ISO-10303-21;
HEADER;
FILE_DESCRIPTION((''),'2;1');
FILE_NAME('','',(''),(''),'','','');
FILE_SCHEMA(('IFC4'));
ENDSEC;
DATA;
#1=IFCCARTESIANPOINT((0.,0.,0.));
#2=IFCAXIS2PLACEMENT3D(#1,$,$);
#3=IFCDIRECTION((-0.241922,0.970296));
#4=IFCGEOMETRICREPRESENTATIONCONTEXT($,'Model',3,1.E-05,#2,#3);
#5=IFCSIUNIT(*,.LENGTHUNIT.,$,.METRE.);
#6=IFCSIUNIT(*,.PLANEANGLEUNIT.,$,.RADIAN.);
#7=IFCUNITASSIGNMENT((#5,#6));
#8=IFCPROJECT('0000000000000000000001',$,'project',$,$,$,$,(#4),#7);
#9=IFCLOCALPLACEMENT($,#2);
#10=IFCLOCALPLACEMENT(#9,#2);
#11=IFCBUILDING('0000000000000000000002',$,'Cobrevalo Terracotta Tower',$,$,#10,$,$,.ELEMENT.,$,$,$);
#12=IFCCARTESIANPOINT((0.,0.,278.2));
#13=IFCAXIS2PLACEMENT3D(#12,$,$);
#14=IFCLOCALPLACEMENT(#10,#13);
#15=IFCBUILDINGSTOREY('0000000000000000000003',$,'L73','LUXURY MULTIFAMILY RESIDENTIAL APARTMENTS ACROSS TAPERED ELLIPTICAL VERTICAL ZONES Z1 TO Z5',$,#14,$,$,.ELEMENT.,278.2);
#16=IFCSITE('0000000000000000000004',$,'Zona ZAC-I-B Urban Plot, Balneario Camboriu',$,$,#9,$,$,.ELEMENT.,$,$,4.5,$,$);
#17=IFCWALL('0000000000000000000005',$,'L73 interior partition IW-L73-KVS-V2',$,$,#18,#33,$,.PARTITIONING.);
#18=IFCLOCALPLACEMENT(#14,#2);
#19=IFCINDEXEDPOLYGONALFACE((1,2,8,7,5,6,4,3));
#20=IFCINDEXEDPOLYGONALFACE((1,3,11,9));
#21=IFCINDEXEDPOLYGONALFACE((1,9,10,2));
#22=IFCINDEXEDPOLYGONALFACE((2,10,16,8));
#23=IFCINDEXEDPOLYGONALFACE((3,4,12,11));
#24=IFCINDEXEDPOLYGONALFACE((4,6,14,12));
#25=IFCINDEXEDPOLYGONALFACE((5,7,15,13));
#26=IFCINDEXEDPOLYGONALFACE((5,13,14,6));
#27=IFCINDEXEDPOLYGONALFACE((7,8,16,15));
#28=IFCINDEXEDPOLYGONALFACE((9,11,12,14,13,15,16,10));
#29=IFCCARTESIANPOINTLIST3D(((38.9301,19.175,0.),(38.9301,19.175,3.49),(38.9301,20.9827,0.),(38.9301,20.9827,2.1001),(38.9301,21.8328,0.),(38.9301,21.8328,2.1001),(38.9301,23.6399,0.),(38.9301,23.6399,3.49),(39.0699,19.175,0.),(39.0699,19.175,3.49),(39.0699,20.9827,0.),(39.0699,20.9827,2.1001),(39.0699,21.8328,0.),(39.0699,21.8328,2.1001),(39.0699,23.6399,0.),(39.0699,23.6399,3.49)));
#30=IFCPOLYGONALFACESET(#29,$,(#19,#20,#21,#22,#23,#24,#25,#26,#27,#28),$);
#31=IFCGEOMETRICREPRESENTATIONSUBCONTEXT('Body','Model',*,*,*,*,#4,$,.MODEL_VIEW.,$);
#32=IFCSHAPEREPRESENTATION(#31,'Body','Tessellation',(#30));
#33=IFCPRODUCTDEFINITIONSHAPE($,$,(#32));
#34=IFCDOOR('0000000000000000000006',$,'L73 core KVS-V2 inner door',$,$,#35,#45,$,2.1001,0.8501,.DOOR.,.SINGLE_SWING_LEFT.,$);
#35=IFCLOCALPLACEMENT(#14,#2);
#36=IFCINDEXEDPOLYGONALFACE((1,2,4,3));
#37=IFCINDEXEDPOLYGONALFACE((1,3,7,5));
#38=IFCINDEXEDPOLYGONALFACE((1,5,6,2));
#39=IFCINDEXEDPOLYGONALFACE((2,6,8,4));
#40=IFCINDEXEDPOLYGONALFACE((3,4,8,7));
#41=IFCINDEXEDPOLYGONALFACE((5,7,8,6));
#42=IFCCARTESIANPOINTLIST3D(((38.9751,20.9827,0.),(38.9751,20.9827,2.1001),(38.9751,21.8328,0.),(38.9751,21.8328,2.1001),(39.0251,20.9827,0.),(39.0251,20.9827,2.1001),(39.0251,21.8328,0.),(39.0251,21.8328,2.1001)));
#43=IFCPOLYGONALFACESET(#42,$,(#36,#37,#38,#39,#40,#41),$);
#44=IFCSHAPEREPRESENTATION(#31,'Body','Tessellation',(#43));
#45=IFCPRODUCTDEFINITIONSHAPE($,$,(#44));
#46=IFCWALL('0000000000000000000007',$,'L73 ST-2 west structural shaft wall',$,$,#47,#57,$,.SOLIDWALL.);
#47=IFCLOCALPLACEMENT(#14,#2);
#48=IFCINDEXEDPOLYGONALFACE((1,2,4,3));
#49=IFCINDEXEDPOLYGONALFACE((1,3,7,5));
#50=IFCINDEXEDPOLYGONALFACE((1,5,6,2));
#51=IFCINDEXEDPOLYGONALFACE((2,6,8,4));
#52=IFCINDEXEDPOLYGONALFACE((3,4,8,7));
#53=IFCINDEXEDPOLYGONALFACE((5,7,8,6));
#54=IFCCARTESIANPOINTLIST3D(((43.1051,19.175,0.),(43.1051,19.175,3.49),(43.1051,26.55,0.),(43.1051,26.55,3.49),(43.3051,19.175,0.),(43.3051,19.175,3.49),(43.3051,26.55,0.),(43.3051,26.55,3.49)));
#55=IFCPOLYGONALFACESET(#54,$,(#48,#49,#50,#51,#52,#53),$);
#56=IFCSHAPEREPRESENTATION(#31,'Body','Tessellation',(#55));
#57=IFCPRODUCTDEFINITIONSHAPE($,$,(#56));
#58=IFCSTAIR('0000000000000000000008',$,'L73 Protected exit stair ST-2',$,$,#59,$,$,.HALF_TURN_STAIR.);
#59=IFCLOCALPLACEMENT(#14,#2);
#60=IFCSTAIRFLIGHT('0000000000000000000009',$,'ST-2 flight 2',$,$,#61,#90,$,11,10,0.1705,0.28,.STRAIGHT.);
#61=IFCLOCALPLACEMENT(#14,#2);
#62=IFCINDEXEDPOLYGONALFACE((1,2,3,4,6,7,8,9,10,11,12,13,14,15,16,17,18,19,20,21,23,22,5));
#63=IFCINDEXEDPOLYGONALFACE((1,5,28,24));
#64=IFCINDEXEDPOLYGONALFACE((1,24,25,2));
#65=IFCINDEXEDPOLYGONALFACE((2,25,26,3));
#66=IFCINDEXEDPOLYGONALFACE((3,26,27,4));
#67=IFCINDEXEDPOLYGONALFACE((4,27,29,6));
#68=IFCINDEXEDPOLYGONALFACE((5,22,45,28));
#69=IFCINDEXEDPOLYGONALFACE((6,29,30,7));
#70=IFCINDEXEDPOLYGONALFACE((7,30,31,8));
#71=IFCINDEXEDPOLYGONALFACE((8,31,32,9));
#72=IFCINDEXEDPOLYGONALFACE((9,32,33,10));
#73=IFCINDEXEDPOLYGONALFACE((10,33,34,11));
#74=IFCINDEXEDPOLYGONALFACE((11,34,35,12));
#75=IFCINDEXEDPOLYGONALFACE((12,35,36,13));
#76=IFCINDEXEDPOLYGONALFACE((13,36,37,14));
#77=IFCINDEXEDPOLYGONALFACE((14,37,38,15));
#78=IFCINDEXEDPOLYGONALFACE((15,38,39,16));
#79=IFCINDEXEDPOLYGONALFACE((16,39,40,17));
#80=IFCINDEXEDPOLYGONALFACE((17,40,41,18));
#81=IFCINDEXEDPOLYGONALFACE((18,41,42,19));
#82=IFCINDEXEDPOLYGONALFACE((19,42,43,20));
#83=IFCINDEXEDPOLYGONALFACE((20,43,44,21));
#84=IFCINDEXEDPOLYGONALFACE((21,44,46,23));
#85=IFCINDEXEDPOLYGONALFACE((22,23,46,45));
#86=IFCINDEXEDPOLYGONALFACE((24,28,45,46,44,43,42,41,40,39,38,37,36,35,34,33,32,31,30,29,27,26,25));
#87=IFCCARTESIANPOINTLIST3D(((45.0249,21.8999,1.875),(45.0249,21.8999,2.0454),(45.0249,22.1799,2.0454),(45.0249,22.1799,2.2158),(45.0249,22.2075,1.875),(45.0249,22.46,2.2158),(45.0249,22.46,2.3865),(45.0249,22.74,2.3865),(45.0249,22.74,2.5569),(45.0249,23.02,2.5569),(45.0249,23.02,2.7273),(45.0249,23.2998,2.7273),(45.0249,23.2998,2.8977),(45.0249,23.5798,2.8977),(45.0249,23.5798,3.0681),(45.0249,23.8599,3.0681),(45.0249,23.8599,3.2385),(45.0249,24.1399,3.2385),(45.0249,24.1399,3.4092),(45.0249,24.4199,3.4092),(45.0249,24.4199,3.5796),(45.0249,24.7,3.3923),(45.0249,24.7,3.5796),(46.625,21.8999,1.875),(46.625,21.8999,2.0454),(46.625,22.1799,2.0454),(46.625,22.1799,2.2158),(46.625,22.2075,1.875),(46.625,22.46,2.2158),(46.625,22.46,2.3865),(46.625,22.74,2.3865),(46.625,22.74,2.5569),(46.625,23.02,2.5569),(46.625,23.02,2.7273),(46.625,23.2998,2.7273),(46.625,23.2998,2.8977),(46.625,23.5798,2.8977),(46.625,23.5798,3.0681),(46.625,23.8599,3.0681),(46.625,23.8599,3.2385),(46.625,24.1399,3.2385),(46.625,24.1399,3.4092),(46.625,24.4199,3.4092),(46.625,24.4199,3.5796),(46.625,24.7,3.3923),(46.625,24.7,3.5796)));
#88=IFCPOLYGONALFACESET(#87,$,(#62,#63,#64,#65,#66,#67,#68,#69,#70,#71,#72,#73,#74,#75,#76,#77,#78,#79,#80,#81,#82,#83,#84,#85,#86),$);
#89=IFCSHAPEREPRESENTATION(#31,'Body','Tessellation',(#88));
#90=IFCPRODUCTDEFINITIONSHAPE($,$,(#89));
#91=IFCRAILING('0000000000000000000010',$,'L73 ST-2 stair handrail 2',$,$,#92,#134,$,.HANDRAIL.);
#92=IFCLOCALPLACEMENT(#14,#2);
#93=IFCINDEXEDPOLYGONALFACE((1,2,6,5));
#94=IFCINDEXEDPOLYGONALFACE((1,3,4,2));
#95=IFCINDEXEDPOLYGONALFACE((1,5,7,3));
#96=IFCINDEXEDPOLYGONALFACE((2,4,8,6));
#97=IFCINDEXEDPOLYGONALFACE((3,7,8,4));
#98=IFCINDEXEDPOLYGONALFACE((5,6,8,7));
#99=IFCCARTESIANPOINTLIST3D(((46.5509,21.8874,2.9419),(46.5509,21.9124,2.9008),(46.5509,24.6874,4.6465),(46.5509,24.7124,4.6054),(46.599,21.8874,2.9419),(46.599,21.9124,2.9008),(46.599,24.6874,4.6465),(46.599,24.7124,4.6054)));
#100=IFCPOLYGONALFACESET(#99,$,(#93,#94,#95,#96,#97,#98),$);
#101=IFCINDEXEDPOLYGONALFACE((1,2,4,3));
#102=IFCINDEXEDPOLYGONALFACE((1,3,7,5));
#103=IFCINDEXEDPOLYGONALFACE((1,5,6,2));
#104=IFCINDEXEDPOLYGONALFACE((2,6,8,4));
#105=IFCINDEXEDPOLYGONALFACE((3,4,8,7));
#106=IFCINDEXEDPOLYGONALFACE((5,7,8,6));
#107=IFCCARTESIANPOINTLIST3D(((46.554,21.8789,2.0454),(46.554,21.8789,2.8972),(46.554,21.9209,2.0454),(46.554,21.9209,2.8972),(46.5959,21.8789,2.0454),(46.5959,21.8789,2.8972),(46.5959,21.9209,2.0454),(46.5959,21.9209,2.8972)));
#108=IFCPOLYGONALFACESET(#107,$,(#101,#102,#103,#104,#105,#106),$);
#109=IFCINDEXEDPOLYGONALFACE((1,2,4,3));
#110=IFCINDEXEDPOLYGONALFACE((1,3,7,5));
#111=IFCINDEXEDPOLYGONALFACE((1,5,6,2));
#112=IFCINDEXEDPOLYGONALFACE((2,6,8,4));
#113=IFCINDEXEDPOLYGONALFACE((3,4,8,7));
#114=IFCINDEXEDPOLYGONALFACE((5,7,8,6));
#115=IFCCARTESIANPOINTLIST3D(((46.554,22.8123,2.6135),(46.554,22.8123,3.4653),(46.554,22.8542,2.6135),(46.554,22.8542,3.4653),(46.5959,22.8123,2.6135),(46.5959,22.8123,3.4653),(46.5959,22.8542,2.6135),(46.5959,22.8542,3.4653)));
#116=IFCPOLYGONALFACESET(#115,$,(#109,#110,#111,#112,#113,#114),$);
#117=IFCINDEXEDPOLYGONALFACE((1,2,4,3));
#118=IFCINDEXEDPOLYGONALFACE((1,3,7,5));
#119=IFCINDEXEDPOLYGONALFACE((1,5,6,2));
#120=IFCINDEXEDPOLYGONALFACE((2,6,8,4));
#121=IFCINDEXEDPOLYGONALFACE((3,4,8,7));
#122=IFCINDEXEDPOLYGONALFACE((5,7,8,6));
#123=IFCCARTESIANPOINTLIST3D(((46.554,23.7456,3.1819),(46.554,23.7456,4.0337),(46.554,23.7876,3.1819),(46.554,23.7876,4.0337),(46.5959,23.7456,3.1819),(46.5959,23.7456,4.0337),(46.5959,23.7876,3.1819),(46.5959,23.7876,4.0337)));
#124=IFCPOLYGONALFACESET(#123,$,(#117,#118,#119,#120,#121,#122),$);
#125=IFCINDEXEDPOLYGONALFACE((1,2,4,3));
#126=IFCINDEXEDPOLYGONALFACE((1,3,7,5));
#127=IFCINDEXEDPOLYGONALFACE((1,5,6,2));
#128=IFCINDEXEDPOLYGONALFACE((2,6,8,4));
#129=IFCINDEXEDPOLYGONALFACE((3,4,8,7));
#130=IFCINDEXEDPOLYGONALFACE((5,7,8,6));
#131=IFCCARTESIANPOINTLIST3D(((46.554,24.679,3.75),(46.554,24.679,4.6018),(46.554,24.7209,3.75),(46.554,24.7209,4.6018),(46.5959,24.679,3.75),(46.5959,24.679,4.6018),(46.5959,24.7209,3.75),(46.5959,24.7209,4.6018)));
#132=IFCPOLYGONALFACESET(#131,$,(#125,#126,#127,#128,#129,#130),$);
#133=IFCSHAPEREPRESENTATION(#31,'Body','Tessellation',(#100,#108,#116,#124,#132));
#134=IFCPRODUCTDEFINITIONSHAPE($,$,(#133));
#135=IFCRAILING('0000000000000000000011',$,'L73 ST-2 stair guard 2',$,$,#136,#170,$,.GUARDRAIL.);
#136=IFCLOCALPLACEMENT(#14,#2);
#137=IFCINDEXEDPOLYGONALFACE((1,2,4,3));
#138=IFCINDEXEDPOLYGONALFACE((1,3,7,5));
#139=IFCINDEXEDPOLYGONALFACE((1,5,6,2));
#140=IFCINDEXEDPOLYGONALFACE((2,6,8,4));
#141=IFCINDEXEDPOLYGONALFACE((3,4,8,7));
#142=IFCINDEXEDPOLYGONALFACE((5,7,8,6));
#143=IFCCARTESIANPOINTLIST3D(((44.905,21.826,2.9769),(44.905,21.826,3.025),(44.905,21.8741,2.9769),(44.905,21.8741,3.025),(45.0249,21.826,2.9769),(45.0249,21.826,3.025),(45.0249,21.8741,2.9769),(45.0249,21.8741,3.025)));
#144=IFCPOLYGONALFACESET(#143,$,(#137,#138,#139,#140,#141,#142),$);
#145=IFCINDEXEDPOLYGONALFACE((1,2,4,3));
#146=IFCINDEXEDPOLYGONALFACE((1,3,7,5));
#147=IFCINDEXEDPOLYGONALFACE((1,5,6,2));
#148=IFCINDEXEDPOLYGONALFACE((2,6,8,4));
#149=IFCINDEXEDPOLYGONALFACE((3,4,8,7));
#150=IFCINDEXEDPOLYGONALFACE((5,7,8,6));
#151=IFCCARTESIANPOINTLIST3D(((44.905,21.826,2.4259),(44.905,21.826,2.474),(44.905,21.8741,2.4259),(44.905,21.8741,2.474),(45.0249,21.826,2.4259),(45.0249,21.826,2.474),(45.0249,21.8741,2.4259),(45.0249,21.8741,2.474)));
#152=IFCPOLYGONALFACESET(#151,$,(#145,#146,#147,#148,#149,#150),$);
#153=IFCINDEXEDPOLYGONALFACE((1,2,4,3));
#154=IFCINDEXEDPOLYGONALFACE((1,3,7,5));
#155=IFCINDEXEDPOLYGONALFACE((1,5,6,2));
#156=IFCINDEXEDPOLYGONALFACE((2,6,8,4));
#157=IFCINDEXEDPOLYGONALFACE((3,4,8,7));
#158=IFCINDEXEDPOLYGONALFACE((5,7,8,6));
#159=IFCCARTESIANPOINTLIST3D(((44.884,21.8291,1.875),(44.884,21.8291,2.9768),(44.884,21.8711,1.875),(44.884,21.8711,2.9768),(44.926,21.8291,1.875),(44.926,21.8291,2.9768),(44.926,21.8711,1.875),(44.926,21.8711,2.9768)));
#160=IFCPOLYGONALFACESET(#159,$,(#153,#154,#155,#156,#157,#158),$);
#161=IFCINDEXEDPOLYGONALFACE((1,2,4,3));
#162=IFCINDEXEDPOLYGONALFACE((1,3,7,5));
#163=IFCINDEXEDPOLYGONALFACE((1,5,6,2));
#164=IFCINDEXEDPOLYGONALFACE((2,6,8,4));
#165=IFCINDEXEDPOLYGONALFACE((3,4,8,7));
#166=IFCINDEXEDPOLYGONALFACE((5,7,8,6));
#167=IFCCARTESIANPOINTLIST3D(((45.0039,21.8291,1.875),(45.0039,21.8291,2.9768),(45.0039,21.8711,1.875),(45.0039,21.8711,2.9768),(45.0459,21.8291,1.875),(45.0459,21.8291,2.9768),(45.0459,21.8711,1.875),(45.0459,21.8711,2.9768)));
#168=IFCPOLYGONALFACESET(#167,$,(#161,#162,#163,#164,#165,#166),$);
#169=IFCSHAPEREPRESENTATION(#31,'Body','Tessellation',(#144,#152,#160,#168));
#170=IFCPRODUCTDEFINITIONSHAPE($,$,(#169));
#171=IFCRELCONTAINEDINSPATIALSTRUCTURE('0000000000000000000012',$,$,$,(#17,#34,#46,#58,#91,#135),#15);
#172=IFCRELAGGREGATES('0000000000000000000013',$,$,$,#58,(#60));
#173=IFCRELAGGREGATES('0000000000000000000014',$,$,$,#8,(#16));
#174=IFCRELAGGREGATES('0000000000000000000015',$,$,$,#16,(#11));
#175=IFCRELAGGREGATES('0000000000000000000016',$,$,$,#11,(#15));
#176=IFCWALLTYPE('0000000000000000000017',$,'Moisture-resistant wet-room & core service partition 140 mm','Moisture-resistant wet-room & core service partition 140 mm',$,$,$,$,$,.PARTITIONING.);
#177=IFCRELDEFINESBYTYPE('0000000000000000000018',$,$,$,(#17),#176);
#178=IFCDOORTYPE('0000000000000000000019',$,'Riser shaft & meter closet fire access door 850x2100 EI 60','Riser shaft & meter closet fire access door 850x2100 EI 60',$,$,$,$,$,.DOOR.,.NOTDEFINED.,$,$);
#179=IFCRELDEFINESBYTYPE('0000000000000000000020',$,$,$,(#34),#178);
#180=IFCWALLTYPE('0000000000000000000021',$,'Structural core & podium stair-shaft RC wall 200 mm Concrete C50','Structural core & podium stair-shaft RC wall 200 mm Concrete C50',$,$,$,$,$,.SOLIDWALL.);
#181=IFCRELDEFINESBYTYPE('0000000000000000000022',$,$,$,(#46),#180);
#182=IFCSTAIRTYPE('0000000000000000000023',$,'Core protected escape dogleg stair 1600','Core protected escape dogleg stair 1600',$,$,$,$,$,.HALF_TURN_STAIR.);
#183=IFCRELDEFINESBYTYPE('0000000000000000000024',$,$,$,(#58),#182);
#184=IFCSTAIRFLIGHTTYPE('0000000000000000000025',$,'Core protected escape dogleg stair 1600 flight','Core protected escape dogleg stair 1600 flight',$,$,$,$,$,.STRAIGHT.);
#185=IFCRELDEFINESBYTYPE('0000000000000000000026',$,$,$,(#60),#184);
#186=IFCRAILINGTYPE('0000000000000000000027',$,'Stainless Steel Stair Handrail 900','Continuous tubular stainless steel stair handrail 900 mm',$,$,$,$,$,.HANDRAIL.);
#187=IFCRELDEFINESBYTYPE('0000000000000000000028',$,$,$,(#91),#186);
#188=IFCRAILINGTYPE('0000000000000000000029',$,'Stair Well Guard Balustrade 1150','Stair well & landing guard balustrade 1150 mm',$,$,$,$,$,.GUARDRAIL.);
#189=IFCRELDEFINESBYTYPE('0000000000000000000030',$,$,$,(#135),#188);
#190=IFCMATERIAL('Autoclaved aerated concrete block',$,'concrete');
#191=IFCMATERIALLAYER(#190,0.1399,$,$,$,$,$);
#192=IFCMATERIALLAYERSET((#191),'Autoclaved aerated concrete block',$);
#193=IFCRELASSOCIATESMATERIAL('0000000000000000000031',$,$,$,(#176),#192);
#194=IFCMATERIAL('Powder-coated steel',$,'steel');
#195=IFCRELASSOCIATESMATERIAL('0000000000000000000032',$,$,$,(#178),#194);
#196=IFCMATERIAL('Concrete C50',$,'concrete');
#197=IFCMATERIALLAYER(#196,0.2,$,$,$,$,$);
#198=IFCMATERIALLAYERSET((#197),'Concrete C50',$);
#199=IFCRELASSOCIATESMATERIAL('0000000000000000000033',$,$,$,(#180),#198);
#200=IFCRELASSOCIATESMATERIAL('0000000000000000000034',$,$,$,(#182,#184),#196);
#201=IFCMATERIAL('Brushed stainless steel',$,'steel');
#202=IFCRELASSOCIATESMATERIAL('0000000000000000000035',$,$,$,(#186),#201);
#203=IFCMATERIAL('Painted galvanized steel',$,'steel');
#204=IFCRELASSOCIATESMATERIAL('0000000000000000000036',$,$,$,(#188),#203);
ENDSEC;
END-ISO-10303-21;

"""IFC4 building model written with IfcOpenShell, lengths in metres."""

from ifc_helpers import new_model, si_unit, direction, frame, frame_2d, origin, origin_2d, place, context, subcontext, project, spatial, polyline, rectangle, outline, extrude, source, transform, mapped, material, layer, layer_set, type_object, element, fill, aggregate, save


model = new_model("IFC4")

# Units and contexts
model_context = context("Model", 3, precision=1e-05, world=origin(), true_north=direction((-0.241922, 0.970296)))
body_context = subcontext(model_context, "Body", "Model", "MODEL_VIEW")
ifc_project = project(units=[si_unit("LENGTHUNIT", "METRE"), si_unit("PLANEANGLEUNIT", "RADIAN")], contexts=[model_context])

# Site, building, storey
site_placement = place(None, origin())
site = spatial("IfcSite", under=ifc_project, at=site_placement, Name="Zona ZAC-I-B Urban Plot, Balneario Camboriu", CompositionType="ELEMENT", RefElevation=4.5)
building_placement = place(site_placement, origin())
building = spatial("IfcBuilding", under=site, at=building_placement, Name="Cobrevalo Terracotta Tower", CompositionType="ELEMENT")
storey_placement = place(building_placement, frame((0.0, 0.0, 278.2)))
storey = spatial("IfcBuildingStorey", under=building, at=storey_placement, Name="L73", Description="LUXURY MULTIFAMILY RESIDENTIAL APARTMENTS ACROSS TAPERED ELLIPTICAL VERTICAL ZONES Z1 TO Z5", CompositionType="ELEMENT", Elevation=278.2)

# Shared definitions
ifc_material_1 = material(Name="Autoclaved aerated concrete block", Category="concrete")

# Shared definitions
ifc_material_2 = material(Name="Concrete C50", Category="concrete")

# Shared definitions
ifc_layer_1 = layer(ifc_material_1, 0.1399)
ifc_layer_set_1 = layer_set([ifc_layer_1], Name="Autoclaved aerated concrete block")
wall_type_1 = type_object("IfcWallType", Name="Moisture-resistant wet-room & core service partition 140 mm", Description="Moisture-resistant wet-room & core service partition 140 mm", PredefinedType="PARTITIONING", material=ifc_layer_set_1)

# Wall, opening, door
ifc_material_3 = material(Name="Powder-coated steel", Category="steel")
door_type_1 = type_object("IfcDoorType", Name="Riser shaft & meter closet fire access door 850x2100 EI 60", Description="Riser shaft & meter closet fire access door 850x2100 EI 60", OperationType="NOTDEFINED", PredefinedType="DOOR", material=ifc_material_3)
shared_shape_1 = source(origin(), body_context, "Body", "SweptSolid", [
    extrude(rectangle(XDim=0.8501, YDim=2.1001, at=frame_2d((0.425, 1.05))), frame((0.0, 0.0249, 0.0), z_axis=(0.0, -1.0, 0.0), x_axis=(1.0, 0.0, 0.0)), (0.0, 0.0, 1.0), 0.05),
])
wall_1_placement = place(storey_placement, frame((39.0, 19.175, 0.0), z_axis=(0.0, 0.0, 1.0), x_axis=(0.0, 1.0, 0.0)))
wall_1 = element("IfcWall", 1, at=wall_1_placement, inside=storey, type_object=wall_type_1, Name="L73 interior partition IW-L73-KVS-V2", PredefinedType="PARTITIONING", context=body_context, shape_type="SweptSolid", body=[
    extrude(rectangle(XDim=4.4648, YDim=0.1399, at=frame_2d((2.2324, 0.0))), origin(), (0.0, 0.0, 1.0), 3.49),
])
opening_1_placement = place(wall_1_placement, frame((1.8076, 0.0, 0.0)))
opening_1 = element("IfcOpeningElement", 2, at=opening_1_placement, cuts=wall_1, PredefinedType="OPENING", context=body_context, shape_type="SweptSolid", body=[
    extrude(rectangle(XDim=0.8501, YDim=2.1001, at=frame_2d((0.425, 1.05))), frame((0.0, 0.0801, 0.0), z_axis=(0.0, -1.0, 0.0), x_axis=(1.0, 0.0, 0.0)), (0.0, 0.0, 1.0), 0.1599),
])
door_1_placement = place(opening_1_placement, origin())
door_1 = element("IfcDoor", 3, at=door_1_placement, inside=storey, type_object=door_type_1, Name="L73 core KVS-V2 inner door", OperationType="SINGLE_SWING_LEFT", OverallHeight=2.1001, OverallWidth=0.8501, PredefinedType="DOOR", context=body_context, shape_type="MappedRepresentation", body=[
    mapped(shared_shape_1, transform((0.0, 0.0, 0.0), scale=1.0)),
])
fill(opening_1, door_1)

# Wall
ifc_layer_2 = layer(ifc_material_2, 0.2)
ifc_layer_set_2 = layer_set([ifc_layer_2], Name="Concrete C50")
wall_type_2 = type_object("IfcWallType", Name="Structural core & podium stair-shaft RC wall 200 mm Concrete C50", Description="Structural core & podium stair-shaft RC wall 200 mm Concrete C50", PredefinedType="SOLIDWALL", material=ifc_layer_set_2)
wall_2_placement = place(storey_placement, frame((43.2051, 19.175, 0.0), z_axis=(0.0, 0.0, 1.0), x_axis=(0.0, 1.0, 0.0)))
element("IfcWall", 4, at=wall_2_placement, inside=storey, type_object=wall_type_2, Name="L73 ST-2 west structural shaft wall", PredefinedType="SOLIDWALL", context=body_context, shape_type="SweptSolid", body=[
    extrude(rectangle(XDim=7.375, YDim=0.2, at=frame_2d((3.6875, 0.0))), origin(), (0.0, 0.0, 1.0), 3.49),
])

# Stair, stair flight
stair_type = type_object("IfcStairType", Name="Core protected escape dogleg stair 1600", Description="Core protected escape dogleg stair 1600", PredefinedType="HALF_TURN_STAIR", material=ifc_material_2)
stair_placement = place(storey_placement, origin())
stair = element("IfcStair", 5, at=stair_placement, inside=storey, type_object=stair_type, Name="L73 Protected exit stair ST-2", PredefinedType="HALF_TURN_STAIR")
stair_flight_type = type_object("IfcStairFlightType", Name="Core protected escape dogleg stair 1600 flight", Description="Core protected escape dogleg stair 1600 flight", PredefinedType="STRAIGHT", material=ifc_material_2)
stair_flight_placement = place(storey_placement, frame((45.825, 21.8999, 1.875), z_axis=(0.0, 0.0, 1.0), x_axis=(0.0, 1.0, 0.0)))
stair_flight = element("IfcStairFlight", 6, at=stair_flight_placement, type_object=stair_flight_type, Name="ST-2 flight 2", NumberOfRisers=11, NumberOfTreads=10, PredefinedType="STRAIGHT", RiserHeight=0.1705, TreadLength=0.28, context=body_context, shape_type="SweptSolid", body=[
    extrude(outline(polyline([(0.0, 0.0), (0.0, 0.1704), (0.28, 0.1704), (0.28, 0.3408), (0.5601, 0.3408), (0.5601, 0.5115), (0.8401, 0.5115), (0.8401, 0.6819), (1.1201, 0.6819), (1.1201, 0.8523), (1.3999, 0.8523), (1.3999, 1.0227), (1.6799, 1.0227), (1.6799, 1.1931), (1.96, 1.1931), (1.96, 1.3635), (2.24, 1.3635), (2.24, 1.5342), (2.52, 1.5342), (2.52, 1.7046), (2.8, 1.7046), (2.8, 1.875), (2.8, 1.5173), (0.3076, 0.0), (0.0, 0.0)])), frame((0.0, 0.8, 0.0), z_axis=(0.0, -1.0, 0.0), x_axis=(1.0, 0.0, 0.0)), (0.0, 0.0, 1.0), 1.6001),
])
aggregate(stair, [stair_flight])

# Railings
ifc_material_4 = material(Name="Brushed stainless steel", Category="steel")
railing_type_1 = type_object("IfcRailingType", Name="Stainless Steel Stair Handrail 900", Description="Continuous tubular stainless steel stair handrail 900 mm", PredefinedType="HANDRAIL", material=ifc_material_4)
railing_1_placement = place(storey_placement, frame((46.575, 21.8999, 2.0454)))
element("IfcRailing", 7, at=railing_1_placement, inside=storey, type_object=railing_type_1, Name="L73 ST-2 stair handrail 2", PredefinedType="HANDRAIL", context=body_context, shape_type="SweptSolid", body=[
    extrude(rectangle(XDim=0.0481, YDim=0.0481, at=origin_2d()), frame((0.0, 0.0, 0.876), z_axis=(0.0, 0.85417, 0.519994), x_axis=(-1.0, 0.0, 0.0)), (0.0, 0.0, 1.0), 3.2781),
    extrude(rectangle(XDim=0.042, YDim=0.042, at=origin_2d()), origin(), (0.0, 0.0, 1.0), 0.8518),
    extrude(rectangle(XDim=0.042, YDim=0.042, at=origin_2d()), frame((0.0, 0.9333, 0.5681)), (0.0, 0.0, 1.0), 0.8518),
    extrude(rectangle(XDim=0.042, YDim=0.042, at=origin_2d()), frame((0.0, 1.8667, 1.1365)), (0.0, 0.0, 1.0), 0.8518),
    extrude(rectangle(XDim=0.042, YDim=0.042, at=origin_2d()), frame((0.0, 2.8, 1.7046)), (0.0, 0.0, 1.0), 0.8518),
])
ifc_material_5 = material(Name="Painted galvanized steel", Category="steel")
railing_type_2 = type_object("IfcRailingType", Name="Stair Well Guard Balustrade 1150", Description="Stair well & landing guard balustrade 1150 mm", PredefinedType="GUARDRAIL", material=ifc_material_5)
railing_2_placement = place(storey_placement, frame((44.905, 21.8501, 1.875)))
element("IfcRailing", 8, at=railing_2_placement, inside=storey, type_object=railing_type_2, Name="L73 ST-2 stair guard 2", PredefinedType="GUARDRAIL", context=body_context, shape_type="SweptSolid", body=[
    extrude(rectangle(XDim=0.0481, YDim=0.0481, at=origin_2d()), frame((0.0, 0.0, 1.126), z_axis=(1.0, 0.0, 0.0), x_axis=(0.0, 1.0, 0.0)), (0.0, 0.0, 1.0), 0.1199),
    extrude(rectangle(XDim=0.0481, YDim=0.0481, at=origin_2d()), frame((0.0, 0.0, 0.575), z_axis=(1.0, 0.0, 0.0), x_axis=(0.0, 1.0, 0.0)), (0.0, 0.0, 1.0), 0.1199),
    extrude(rectangle(XDim=0.042, YDim=0.042, at=origin_2d()), origin(), (0.0, 0.0, 1.0), 1.1018),
    extrude(rectangle(XDim=0.042, YDim=0.042, at=origin_2d()), frame((0.1199, 0.0, 0.0)), (0.0, 0.0, 1.0), 1.1018),
])

save(model, "model.ifc")
